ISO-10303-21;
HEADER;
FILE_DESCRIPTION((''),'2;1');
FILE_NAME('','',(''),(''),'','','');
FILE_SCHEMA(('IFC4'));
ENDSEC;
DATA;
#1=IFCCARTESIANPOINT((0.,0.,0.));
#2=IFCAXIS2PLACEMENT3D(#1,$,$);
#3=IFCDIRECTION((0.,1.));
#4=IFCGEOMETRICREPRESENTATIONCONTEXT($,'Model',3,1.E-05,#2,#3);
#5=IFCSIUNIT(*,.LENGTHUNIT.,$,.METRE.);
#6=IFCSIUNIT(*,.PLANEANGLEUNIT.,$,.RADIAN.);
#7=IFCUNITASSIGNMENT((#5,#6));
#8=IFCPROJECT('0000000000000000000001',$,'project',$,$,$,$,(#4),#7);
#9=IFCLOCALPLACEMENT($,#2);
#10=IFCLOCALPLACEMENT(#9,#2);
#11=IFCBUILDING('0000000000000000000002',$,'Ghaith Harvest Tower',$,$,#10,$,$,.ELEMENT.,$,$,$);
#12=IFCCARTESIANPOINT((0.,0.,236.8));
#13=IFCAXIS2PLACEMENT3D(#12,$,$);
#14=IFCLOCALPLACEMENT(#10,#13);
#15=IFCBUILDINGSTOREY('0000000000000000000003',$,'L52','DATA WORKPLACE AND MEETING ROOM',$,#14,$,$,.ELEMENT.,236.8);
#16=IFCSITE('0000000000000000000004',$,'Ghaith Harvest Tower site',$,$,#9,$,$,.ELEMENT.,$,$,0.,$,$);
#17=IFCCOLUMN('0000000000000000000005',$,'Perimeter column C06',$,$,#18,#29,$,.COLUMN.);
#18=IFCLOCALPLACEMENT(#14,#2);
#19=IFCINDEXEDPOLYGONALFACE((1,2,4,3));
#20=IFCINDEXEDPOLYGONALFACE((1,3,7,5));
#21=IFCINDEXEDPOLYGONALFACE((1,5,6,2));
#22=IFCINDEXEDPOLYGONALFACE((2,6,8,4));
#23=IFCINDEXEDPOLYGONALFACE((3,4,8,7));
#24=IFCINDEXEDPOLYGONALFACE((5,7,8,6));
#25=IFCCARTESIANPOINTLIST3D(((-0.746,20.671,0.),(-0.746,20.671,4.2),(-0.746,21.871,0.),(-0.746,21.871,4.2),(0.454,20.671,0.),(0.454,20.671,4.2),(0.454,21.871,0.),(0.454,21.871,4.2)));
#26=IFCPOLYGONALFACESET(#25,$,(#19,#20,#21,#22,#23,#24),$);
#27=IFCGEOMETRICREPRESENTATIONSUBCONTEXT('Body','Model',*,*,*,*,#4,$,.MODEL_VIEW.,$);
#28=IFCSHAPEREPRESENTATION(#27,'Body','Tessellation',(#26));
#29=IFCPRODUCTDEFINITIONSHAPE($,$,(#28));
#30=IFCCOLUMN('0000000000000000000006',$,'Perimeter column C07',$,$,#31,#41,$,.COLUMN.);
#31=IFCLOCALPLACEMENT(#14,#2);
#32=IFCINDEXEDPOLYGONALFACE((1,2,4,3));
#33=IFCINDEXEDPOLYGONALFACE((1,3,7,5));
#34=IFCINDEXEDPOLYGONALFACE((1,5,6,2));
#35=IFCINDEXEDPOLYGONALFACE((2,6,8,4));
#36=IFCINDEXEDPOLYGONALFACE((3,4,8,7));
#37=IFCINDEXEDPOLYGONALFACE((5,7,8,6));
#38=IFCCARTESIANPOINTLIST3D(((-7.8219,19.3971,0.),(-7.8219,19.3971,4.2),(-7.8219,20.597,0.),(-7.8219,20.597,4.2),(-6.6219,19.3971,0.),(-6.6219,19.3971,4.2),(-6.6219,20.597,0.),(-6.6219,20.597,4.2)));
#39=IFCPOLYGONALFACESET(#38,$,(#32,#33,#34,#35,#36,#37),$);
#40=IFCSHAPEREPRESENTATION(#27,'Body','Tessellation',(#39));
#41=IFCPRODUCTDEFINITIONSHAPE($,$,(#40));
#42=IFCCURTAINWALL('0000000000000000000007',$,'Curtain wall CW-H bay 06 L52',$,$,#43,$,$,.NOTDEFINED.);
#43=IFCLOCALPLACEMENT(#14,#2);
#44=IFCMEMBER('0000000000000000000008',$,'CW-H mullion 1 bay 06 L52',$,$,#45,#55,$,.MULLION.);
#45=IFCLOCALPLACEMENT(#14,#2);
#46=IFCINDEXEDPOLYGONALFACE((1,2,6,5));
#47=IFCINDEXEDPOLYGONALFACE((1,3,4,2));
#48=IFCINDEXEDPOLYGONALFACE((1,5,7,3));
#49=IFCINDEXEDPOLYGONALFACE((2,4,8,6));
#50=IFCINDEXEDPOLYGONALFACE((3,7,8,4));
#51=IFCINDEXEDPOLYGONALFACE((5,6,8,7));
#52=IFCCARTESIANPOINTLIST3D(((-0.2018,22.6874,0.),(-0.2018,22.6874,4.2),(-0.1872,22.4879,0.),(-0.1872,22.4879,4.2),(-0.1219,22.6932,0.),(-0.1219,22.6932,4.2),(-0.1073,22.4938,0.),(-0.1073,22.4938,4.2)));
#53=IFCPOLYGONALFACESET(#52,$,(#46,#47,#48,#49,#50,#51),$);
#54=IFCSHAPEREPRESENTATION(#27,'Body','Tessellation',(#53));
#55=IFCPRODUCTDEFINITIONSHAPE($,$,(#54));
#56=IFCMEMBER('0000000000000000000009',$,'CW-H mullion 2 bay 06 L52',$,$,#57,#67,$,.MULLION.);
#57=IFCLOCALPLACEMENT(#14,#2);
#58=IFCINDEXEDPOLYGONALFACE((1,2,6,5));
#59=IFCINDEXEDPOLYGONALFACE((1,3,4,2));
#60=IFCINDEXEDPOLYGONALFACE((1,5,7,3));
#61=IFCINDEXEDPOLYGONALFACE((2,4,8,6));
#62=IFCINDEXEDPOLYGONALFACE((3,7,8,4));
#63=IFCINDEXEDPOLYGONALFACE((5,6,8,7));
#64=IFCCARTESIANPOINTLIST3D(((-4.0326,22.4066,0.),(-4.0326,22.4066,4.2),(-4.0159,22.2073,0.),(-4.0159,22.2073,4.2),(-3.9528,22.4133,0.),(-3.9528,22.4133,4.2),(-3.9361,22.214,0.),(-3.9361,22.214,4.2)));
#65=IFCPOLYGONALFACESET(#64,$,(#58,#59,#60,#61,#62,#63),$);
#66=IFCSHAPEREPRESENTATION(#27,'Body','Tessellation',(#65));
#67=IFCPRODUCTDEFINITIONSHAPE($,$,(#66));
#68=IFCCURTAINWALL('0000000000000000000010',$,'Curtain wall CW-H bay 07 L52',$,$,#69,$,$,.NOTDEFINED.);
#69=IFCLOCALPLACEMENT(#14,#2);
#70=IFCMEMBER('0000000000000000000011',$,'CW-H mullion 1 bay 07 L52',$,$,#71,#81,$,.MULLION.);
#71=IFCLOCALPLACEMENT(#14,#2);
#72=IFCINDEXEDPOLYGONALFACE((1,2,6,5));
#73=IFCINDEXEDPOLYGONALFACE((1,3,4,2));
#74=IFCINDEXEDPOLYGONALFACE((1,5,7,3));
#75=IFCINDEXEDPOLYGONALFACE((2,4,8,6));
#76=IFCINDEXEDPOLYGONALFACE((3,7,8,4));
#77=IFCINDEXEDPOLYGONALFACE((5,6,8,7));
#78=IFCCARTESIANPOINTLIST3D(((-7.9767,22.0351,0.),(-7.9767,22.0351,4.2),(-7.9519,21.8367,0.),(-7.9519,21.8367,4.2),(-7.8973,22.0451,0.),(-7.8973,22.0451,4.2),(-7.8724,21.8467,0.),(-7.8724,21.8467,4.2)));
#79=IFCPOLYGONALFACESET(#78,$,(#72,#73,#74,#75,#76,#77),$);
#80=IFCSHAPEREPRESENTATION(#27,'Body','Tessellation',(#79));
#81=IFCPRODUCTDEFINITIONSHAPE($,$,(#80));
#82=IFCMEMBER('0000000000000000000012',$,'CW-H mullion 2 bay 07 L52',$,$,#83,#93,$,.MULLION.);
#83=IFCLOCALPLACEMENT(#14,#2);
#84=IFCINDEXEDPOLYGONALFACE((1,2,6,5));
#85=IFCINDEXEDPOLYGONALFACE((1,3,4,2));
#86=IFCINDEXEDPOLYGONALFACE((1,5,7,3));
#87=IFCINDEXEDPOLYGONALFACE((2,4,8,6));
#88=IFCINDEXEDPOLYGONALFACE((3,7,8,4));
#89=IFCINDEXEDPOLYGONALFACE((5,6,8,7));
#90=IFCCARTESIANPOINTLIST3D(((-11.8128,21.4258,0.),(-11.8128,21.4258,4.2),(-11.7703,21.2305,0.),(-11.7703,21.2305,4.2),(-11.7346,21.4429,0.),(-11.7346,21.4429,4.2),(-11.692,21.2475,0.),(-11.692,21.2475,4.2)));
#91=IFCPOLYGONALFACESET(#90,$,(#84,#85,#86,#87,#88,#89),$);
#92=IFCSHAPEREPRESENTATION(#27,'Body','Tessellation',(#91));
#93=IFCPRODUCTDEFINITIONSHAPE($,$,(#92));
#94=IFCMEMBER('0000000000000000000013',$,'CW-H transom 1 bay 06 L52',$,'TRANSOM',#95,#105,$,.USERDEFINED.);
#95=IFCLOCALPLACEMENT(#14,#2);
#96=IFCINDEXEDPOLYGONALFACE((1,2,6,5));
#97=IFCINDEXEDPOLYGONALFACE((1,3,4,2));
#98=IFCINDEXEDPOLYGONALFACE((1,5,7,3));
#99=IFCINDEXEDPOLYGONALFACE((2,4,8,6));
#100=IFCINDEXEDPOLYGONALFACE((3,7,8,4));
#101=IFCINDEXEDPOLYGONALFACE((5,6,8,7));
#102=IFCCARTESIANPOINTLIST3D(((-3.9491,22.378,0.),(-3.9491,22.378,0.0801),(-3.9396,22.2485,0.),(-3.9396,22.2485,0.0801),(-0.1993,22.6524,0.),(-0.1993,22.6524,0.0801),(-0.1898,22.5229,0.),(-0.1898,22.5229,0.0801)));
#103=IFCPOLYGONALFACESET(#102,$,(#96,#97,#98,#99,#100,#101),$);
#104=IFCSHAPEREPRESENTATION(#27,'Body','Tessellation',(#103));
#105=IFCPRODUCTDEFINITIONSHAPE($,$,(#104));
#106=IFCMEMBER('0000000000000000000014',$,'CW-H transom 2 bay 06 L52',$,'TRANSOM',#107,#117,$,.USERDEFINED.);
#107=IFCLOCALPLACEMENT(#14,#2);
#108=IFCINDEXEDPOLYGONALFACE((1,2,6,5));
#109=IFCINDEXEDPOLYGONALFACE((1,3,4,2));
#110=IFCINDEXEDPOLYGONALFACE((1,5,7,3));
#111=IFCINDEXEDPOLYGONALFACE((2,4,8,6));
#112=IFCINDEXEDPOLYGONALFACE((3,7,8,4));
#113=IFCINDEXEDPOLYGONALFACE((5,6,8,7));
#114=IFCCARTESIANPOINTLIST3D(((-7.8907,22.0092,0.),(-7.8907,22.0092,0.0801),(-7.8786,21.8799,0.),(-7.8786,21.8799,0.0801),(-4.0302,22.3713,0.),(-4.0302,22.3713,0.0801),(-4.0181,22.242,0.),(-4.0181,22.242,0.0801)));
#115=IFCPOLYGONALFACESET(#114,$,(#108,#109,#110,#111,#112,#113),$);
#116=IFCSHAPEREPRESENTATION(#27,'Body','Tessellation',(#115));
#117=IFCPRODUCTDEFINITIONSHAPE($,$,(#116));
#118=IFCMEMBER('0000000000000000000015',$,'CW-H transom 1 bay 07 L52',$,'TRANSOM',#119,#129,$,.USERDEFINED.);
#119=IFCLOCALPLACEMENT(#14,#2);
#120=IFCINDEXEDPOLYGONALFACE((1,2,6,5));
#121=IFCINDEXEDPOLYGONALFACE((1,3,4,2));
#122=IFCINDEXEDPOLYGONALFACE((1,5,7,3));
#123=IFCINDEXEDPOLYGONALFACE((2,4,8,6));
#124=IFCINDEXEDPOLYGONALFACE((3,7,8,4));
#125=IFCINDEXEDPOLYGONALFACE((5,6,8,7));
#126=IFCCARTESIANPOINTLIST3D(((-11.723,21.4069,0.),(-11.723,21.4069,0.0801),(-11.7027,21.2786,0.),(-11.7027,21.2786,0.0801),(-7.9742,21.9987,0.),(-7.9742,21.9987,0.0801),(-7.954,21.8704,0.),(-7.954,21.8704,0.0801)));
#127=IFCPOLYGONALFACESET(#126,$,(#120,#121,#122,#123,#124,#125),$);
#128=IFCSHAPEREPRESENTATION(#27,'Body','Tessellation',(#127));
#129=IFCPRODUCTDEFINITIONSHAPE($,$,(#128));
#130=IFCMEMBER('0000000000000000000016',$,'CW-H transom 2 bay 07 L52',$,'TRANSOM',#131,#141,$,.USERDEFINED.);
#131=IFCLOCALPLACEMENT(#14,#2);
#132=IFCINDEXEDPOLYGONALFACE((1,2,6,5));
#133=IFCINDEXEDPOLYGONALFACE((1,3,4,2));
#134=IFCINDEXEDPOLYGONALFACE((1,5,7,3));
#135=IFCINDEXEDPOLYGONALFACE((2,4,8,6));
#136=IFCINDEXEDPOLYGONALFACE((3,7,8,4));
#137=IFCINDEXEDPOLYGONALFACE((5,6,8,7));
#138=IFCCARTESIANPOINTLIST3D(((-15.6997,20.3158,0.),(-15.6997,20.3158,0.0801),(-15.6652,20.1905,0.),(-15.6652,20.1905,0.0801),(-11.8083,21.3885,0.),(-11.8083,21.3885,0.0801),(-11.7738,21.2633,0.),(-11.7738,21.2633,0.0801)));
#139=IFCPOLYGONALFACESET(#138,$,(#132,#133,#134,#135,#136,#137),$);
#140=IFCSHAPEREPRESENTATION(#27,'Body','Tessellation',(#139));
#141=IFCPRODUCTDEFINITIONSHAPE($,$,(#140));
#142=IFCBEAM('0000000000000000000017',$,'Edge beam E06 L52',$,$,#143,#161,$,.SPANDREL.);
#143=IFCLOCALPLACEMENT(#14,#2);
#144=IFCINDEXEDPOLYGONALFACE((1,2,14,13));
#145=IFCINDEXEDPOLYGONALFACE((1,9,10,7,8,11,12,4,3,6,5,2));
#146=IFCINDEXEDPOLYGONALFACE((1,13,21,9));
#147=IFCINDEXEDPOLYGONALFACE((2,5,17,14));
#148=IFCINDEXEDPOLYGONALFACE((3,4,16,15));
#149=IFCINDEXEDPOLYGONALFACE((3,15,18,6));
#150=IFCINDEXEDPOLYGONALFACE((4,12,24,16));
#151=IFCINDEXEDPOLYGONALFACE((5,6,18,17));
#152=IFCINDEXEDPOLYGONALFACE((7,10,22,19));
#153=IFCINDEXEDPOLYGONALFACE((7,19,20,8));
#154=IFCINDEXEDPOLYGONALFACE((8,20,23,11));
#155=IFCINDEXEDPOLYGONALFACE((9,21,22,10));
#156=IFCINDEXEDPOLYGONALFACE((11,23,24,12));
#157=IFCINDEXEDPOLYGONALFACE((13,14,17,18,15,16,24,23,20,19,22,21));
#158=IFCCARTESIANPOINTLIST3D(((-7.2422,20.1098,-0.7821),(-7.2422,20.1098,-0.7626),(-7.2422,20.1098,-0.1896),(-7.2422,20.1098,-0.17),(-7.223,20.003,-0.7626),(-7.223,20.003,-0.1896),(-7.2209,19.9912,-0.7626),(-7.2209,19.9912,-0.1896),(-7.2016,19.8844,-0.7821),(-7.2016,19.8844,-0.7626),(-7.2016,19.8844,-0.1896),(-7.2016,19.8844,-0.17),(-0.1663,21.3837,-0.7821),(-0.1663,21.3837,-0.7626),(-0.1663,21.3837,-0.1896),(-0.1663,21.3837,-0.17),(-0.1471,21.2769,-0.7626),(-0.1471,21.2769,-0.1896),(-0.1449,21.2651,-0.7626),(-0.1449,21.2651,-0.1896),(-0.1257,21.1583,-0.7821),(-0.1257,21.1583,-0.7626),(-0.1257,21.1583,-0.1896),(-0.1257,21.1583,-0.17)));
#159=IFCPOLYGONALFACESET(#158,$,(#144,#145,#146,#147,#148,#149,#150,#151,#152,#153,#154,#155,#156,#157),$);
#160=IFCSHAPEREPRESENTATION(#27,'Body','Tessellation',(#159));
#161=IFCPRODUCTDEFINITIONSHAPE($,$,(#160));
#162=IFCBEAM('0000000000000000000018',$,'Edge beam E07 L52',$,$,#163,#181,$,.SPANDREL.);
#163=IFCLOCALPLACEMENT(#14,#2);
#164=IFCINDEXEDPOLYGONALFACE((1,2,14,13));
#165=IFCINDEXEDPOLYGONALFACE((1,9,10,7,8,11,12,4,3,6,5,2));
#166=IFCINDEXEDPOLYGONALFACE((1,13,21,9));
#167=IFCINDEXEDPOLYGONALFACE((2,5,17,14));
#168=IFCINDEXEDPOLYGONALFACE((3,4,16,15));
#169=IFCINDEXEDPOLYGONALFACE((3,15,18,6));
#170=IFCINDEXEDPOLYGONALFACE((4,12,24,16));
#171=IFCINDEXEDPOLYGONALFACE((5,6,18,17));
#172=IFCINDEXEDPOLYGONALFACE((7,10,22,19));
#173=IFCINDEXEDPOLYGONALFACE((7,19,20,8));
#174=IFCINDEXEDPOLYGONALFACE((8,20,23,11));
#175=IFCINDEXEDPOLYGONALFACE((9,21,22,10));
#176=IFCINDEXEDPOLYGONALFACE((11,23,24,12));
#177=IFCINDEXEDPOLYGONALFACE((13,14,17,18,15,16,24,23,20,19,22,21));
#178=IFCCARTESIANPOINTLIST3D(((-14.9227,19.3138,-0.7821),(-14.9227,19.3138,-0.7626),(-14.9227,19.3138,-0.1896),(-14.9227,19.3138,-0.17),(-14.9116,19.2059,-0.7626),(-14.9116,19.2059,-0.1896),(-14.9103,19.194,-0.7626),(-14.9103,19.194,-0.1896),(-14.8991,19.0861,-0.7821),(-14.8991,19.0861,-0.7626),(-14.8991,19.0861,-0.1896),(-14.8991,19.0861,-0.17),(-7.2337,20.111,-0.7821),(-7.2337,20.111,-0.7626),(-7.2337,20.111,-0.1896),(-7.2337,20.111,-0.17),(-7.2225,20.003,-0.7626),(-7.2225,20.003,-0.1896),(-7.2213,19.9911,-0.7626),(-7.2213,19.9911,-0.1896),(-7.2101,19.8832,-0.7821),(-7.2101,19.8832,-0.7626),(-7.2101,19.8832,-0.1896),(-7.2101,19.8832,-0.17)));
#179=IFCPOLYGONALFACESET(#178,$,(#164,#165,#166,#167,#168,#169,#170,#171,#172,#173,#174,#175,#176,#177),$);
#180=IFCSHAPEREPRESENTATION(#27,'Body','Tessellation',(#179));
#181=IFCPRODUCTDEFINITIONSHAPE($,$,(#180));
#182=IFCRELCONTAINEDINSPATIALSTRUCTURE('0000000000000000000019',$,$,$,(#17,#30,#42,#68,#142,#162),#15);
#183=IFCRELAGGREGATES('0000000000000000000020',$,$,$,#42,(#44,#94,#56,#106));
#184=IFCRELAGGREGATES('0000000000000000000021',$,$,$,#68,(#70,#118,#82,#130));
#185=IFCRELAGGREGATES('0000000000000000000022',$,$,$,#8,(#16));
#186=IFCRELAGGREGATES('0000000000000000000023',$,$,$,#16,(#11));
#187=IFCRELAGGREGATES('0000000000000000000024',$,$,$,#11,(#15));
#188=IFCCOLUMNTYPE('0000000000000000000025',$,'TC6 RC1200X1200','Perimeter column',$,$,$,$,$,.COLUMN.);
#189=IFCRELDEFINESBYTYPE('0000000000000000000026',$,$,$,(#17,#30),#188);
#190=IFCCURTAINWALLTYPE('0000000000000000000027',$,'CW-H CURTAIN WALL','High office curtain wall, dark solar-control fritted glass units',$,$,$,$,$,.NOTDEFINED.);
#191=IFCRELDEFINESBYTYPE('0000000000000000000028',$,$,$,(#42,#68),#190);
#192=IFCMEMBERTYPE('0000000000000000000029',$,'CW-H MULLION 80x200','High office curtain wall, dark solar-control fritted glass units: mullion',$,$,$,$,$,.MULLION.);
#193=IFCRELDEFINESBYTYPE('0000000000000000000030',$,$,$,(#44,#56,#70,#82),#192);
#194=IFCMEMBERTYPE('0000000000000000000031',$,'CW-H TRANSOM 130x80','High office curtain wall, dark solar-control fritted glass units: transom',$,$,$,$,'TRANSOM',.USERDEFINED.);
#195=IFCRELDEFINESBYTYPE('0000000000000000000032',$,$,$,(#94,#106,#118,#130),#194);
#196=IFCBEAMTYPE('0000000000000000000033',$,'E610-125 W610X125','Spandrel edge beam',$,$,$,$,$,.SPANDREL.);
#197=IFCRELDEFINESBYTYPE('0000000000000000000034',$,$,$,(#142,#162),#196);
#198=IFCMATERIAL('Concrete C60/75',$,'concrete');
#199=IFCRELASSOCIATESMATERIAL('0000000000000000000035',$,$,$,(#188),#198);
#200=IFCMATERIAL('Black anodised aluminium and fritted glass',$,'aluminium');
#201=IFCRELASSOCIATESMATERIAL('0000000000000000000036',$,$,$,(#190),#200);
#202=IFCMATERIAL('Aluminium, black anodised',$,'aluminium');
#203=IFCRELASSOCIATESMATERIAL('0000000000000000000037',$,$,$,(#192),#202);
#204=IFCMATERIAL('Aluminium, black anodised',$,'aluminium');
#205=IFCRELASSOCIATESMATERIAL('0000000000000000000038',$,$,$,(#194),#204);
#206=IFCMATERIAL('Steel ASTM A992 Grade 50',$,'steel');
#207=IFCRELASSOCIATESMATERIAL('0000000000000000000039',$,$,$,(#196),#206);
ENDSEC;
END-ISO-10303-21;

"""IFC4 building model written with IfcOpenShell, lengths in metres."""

from ifc_helpers import new_model, si_unit, direction, frame, origin, origin_2d, place, context, subcontext, project, spatial, rectangle, i_section, extrude, material, material_profile, profile_set, type_object, element, aggregate, save


model = new_model("IFC4")

# Units and contexts
model_context = context("Model", 3, precision=1e-05, world=origin(), true_north=direction((0.0, 1.0)))
body_context = subcontext(model_context, "Body", "Model", "MODEL_VIEW")
ifc_project = project(units=[si_unit("LENGTHUNIT", "METRE"), si_unit("PLANEANGLEUNIT", "RADIAN")], contexts=[model_context])

# Site, building, storey
site_placement = place(None, origin())
site = spatial("IfcSite", under=ifc_project, at=site_placement, Name="Ghaith Harvest Tower site", CompositionType="ELEMENT", RefElevation=0.0)
building_placement = place(site_placement, origin())
building = spatial("IfcBuilding", under=site, at=building_placement, Name="Ghaith Harvest Tower", CompositionType="ELEMENT")
storey_placement = place(building_placement, frame((0.0, 0.0, 236.8)))
storey = spatial("IfcBuildingStorey", under=building, at=storey_placement, Name="L52", Description="DATA WORKPLACE AND MEETING ROOM", CompositionType="ELEMENT", Elevation=236.8)

# Columns
ifc_material_1 = material(Name="Concrete C60/75", Category="concrete")
ifc_material_profile_1 = material_profile(ifc_material_1, rectangle(XDim=1.2, YDim=1.2, at=origin_2d()), Name="RC1200X1200")
ifc_profile_set_1 = profile_set([ifc_material_profile_1], Name="Concrete C60/75")
column_type = type_object("IfcColumnType", Name="TC6 RC1200X1200", Description="Perimeter column", PredefinedType="COLUMN", material=ifc_profile_set_1)
for number, where, z_axis, x_axis, name in (
    (1, (-0.146, 21.271, 0.0), (0.0, 0.0, 1.0), (1.0, 0.0, 0.0), "Perimeter column C06"),
    (2, (-7.2219, 19.9971, 0.0), (0.0, 0.0, 1.0), (1.0, 0.0, 0.0), "Perimeter column C07"),
):
    element("IfcColumn", number, at=place(storey_placement, frame(where, z_axis=z_axis, x_axis=x_axis)), inside=storey, type_object=column_type, Name=name, PredefinedType="COLUMN", context=body_context, shape_type="SweptSolid", body=[
        extrude(rectangle(XDim=1.2, YDim=1.2, at=origin_2d()), origin(), (0.0, 0.0, 1.0), 4.2),
    ])

# Curtain walls, members
ifc_material_2 = material(Name="Black anodised aluminium and fritted glass", Category="aluminium")
curtain_wall_type = type_object("IfcCurtainWallType", Name="CW-H CURTAIN WALL", Description="High office curtain wall, dark solar-control fritted glass units", PredefinedType="NOTDEFINED", material=ifc_material_2)
curtain_wall_1_placement = place(storey_placement, origin())
curtain_wall_1 = element("IfcCurtainWall", 3, at=curtain_wall_1_placement, inside=storey, type_object=curtain_wall_type, Name="Curtain wall CW-H bay 06 L52", PredefinedType="NOTDEFINED")
ifc_material_3 = material(Name="Aluminium, black anodised", Category="aluminium")
ifc_material_profile_2 = material_profile(ifc_material_3, rectangle(XDim=0.0801, YDim=0.2, at=origin_2d()), Name="CW-H MULLION 80x200")
ifc_profile_set_2 = profile_set([ifc_material_profile_2], Name="Aluminium, black anodised")
member_type_1 = type_object("IfcMemberType", Name="CW-H MULLION 80x200", Description="High office curtain wall, dark solar-control fritted glass units: mullion", PredefinedType="MULLION", material=ifc_profile_set_2)
member_1_placement = place(storey_placement, frame((-0.1545, 22.5906, 0.0), z_axis=(0.0, 0.0, 1.0), x_axis=(-0.997329, -0.073037, 0.0)))
member_1 = element("IfcMember", 4, at=member_1_placement, type_object=member_type_1, Name="CW-H mullion 1 bay 06 L52", PredefinedType="MULLION", context=body_context, shape_type="SweptSolid", body=[
    extrude(rectangle(XDim=0.0801, YDim=0.2, at=origin_2d()), origin(), (0.0, 0.0, 1.0), 4.2),
])
member_2_placement = place(storey_placement, frame((-3.9844, 22.3103, 0.0), z_axis=(0.0, 0.0, 1.0), x_axis=(-0.996523, -0.083324, 0.0)))
member_2 = element("IfcMember", 5, at=member_2_placement, type_object=member_type_1, Name="CW-H mullion 2 bay 06 L52", PredefinedType="MULLION", context=body_context, shape_type="SweptSolid", body=[
    extrude(rectangle(XDim=0.0801, YDim=0.2, at=origin_2d()), origin(), (0.0, 0.0, 1.0), 4.2),
])
curtain_wall_2_placement = place(storey_placement, origin())
curtain_wall_2 = element("IfcCurtainWall", 6, at=curtain_wall_2_placement, inside=storey, type_object=curtain_wall_type, Name="Curtain wall CW-H bay 07 L52", PredefinedType="NOTDEFINED")
member_3_placement = place(storey_placement, frame((-7.9246, 21.9409, 0.0), z_axis=(0.0, 0.0, 1.0), x_axis=(-0.992235, -0.124373, 0.0)))
member_3 = element("IfcMember", 7, at=member_3_placement, type_object=member_type_1, Name="CW-H mullion 1 bay 07 L52", PredefinedType="MULLION", context=body_context, shape_type="SweptSolid", body=[
    extrude(rectangle(XDim=0.0801, YDim=0.2, at=origin_2d()), origin(), (0.0, 0.0, 1.0), 4.2),
])
member_4_placement = place(storey_placement, frame((-11.7524, 21.3367, 0.0), z_axis=(0.0, 0.0, 1.0), x_axis=(-0.977086, -0.212843, 0.0)))
member_4 = element("IfcMember", 8, at=member_4_placement, type_object=member_type_1, Name="CW-H mullion 2 bay 07 L52", PredefinedType="MULLION", context=body_context, shape_type="SweptSolid", body=[
    extrude(rectangle(XDim=0.0801, YDim=0.2, at=origin_2d()), origin(), (0.0, 0.0, 1.0), 4.2),
])

# Members
ifc_material_4 = material(Name="Aluminium, black anodised", Category="aluminium")
ifc_material_profile_3 = material_profile(ifc_material_4, rectangle(XDim=0.1299, YDim=0.0801, at=origin_2d()), Name="CW-H TRANSOM 130x80")
ifc_profile_set_3 = profile_set([ifc_material_profile_3], Name="Aluminium, black anodised")
member_type_2 = type_object("IfcMemberType", Name="CW-H TRANSOM 130x80", Description="High office curtain wall, dark solar-control fritted glass units: transom", ElementType="TRANSOM", PredefinedType="USERDEFINED", material=ifc_profile_set_3)
member_5_placement = place(storey_placement, frame((-0.1946, 22.5876, 0.04), z_axis=(-0.997333, -0.072987, 0.0), x_axis=(0.072987, -0.997333, 0.0)))
member_5 = element("IfcMember", 9, at=member_5_placement, type_object=member_type_2, Name="CW-H transom 1 bay 06 L52", ObjectType="TRANSOM", PredefinedType="USERDEFINED", context=body_context, shape_type="SweptSolid", body=[
    extrude(rectangle(XDim=0.1299, YDim=0.0801, at=origin_2d()), origin(), (0.0, 0.0, 1.0), 3.7598),
])
member_6_placement = place(storey_placement, frame((-4.0242, 22.3066, 0.04), z_axis=(-0.995631, -0.093374, 0.0), x_axis=(0.093374, -0.995631, 0.0)))
member_6 = element("IfcMember", 10, at=member_6_placement, type_object=member_type_2, Name="CW-H transom 2 bay 06 L52", ObjectType="TRANSOM", PredefinedType="USERDEFINED", context=body_context, shape_type="SweptSolid", body=[
    extrude(rectangle(XDim=0.1299, YDim=0.0801, at=origin_2d()), origin(), (0.0, 0.0, 1.0), 3.8774),
])
member_7_placement = place(storey_placement, frame((-7.9641, 21.9346, 0.04), z_axis=(-0.987768, -0.155933, 0.0), x_axis=(0.155933, -0.987768, 0.0)))
member_7 = element("IfcMember", 11, at=member_7_placement, type_object=member_type_2, Name="CW-H transom 1 bay 07 L52", ObjectType="TRANSOM", PredefinedType="USERDEFINED", context=body_context, shape_type="SweptSolid", body=[
    extrude(rectangle(XDim=0.1299, YDim=0.0801, at=origin_2d()), origin(), (0.0, 0.0, 1.0), 3.7952),
])
member_8_placement = place(storey_placement, frame((-11.791, 21.3259, 0.04), z_axis=(-0.964039, -0.265762, 0.0), x_axis=(0.265762, -0.964039, 0.0)))
member_8 = element("IfcMember", 12, at=member_8_placement, type_object=member_type_2, Name="CW-H transom 2 bay 07 L52", ObjectType="TRANSOM", PredefinedType="USERDEFINED", context=body_context, shape_type="SweptSolid", body=[
    extrude(rectangle(XDim=0.1299, YDim=0.0801, at=origin_2d()), origin(), (0.0, 0.0, 1.0), 4.0366),
])

# Beams
ifc_material_5 = material(Name="Steel ASTM A992 Grade 50", Category="steel")
ifc_material_profile_4 = material_profile(ifc_material_5, i_section(OverallWidth=0.229, OverallDepth=0.6121, WebThickness=0.012, FlangeThickness=0.0195, at=origin_2d()), Name="W610X125")
ifc_profile_set_4 = profile_set([ifc_material_profile_4], Name="Steel ASTM A992 Grade 50")
beam_type_1 = type_object("IfcBeamType", Name="E610-125 W610X125", Description="Spandrel edge beam", PredefinedType="SPANDREL", material=ifc_profile_set_4)
beam_1_placement = place(storey_placement, frame((-0.146, 21.271, -0.4761), z_axis=(-0.984177, -0.177188, 0.0), x_axis=(0.177188, -0.984177, 0.0)))
element("IfcBeam", 13, at=beam_1_placement, inside=storey, type_object=beam_type_1, Name="Edge beam E06 L52", PredefinedType="SPANDREL", context=body_context, shape_type="SweptSolid", body=[
    extrude(i_section(OverallWidth=0.229, OverallDepth=0.6121, WebThickness=0.012, FlangeThickness=0.0195, at=origin_2d()), origin(), (0.0, 0.0, 1.0), 7.1897),
])
beam_2_placement = place(storey_placement, frame((-7.2219, 19.9971, -0.4761), z_axis=(-0.994669, -0.103118, 0.0), x_axis=(0.103118, -0.994669, 0.0)))
element("IfcBeam", 14, at=beam_2_placement, inside=storey, type_object=beam_type_1, Name="Edge beam E07 L52", PredefinedType="SPANDREL", context=body_context, shape_type="SweptSolid", body=[
    extrude(i_section(OverallWidth=0.229, OverallDepth=0.6121, WebThickness=0.012, FlangeThickness=0.0195, at=origin_2d()), origin(), (0.0, 0.0, 1.0), 7.7302),
])

aggregate(curtain_wall_1, [member_1, member_5, member_2, member_6])
aggregate(curtain_wall_2, [member_3, member_7, member_4, member_8])

save(model, "model.ifc")
